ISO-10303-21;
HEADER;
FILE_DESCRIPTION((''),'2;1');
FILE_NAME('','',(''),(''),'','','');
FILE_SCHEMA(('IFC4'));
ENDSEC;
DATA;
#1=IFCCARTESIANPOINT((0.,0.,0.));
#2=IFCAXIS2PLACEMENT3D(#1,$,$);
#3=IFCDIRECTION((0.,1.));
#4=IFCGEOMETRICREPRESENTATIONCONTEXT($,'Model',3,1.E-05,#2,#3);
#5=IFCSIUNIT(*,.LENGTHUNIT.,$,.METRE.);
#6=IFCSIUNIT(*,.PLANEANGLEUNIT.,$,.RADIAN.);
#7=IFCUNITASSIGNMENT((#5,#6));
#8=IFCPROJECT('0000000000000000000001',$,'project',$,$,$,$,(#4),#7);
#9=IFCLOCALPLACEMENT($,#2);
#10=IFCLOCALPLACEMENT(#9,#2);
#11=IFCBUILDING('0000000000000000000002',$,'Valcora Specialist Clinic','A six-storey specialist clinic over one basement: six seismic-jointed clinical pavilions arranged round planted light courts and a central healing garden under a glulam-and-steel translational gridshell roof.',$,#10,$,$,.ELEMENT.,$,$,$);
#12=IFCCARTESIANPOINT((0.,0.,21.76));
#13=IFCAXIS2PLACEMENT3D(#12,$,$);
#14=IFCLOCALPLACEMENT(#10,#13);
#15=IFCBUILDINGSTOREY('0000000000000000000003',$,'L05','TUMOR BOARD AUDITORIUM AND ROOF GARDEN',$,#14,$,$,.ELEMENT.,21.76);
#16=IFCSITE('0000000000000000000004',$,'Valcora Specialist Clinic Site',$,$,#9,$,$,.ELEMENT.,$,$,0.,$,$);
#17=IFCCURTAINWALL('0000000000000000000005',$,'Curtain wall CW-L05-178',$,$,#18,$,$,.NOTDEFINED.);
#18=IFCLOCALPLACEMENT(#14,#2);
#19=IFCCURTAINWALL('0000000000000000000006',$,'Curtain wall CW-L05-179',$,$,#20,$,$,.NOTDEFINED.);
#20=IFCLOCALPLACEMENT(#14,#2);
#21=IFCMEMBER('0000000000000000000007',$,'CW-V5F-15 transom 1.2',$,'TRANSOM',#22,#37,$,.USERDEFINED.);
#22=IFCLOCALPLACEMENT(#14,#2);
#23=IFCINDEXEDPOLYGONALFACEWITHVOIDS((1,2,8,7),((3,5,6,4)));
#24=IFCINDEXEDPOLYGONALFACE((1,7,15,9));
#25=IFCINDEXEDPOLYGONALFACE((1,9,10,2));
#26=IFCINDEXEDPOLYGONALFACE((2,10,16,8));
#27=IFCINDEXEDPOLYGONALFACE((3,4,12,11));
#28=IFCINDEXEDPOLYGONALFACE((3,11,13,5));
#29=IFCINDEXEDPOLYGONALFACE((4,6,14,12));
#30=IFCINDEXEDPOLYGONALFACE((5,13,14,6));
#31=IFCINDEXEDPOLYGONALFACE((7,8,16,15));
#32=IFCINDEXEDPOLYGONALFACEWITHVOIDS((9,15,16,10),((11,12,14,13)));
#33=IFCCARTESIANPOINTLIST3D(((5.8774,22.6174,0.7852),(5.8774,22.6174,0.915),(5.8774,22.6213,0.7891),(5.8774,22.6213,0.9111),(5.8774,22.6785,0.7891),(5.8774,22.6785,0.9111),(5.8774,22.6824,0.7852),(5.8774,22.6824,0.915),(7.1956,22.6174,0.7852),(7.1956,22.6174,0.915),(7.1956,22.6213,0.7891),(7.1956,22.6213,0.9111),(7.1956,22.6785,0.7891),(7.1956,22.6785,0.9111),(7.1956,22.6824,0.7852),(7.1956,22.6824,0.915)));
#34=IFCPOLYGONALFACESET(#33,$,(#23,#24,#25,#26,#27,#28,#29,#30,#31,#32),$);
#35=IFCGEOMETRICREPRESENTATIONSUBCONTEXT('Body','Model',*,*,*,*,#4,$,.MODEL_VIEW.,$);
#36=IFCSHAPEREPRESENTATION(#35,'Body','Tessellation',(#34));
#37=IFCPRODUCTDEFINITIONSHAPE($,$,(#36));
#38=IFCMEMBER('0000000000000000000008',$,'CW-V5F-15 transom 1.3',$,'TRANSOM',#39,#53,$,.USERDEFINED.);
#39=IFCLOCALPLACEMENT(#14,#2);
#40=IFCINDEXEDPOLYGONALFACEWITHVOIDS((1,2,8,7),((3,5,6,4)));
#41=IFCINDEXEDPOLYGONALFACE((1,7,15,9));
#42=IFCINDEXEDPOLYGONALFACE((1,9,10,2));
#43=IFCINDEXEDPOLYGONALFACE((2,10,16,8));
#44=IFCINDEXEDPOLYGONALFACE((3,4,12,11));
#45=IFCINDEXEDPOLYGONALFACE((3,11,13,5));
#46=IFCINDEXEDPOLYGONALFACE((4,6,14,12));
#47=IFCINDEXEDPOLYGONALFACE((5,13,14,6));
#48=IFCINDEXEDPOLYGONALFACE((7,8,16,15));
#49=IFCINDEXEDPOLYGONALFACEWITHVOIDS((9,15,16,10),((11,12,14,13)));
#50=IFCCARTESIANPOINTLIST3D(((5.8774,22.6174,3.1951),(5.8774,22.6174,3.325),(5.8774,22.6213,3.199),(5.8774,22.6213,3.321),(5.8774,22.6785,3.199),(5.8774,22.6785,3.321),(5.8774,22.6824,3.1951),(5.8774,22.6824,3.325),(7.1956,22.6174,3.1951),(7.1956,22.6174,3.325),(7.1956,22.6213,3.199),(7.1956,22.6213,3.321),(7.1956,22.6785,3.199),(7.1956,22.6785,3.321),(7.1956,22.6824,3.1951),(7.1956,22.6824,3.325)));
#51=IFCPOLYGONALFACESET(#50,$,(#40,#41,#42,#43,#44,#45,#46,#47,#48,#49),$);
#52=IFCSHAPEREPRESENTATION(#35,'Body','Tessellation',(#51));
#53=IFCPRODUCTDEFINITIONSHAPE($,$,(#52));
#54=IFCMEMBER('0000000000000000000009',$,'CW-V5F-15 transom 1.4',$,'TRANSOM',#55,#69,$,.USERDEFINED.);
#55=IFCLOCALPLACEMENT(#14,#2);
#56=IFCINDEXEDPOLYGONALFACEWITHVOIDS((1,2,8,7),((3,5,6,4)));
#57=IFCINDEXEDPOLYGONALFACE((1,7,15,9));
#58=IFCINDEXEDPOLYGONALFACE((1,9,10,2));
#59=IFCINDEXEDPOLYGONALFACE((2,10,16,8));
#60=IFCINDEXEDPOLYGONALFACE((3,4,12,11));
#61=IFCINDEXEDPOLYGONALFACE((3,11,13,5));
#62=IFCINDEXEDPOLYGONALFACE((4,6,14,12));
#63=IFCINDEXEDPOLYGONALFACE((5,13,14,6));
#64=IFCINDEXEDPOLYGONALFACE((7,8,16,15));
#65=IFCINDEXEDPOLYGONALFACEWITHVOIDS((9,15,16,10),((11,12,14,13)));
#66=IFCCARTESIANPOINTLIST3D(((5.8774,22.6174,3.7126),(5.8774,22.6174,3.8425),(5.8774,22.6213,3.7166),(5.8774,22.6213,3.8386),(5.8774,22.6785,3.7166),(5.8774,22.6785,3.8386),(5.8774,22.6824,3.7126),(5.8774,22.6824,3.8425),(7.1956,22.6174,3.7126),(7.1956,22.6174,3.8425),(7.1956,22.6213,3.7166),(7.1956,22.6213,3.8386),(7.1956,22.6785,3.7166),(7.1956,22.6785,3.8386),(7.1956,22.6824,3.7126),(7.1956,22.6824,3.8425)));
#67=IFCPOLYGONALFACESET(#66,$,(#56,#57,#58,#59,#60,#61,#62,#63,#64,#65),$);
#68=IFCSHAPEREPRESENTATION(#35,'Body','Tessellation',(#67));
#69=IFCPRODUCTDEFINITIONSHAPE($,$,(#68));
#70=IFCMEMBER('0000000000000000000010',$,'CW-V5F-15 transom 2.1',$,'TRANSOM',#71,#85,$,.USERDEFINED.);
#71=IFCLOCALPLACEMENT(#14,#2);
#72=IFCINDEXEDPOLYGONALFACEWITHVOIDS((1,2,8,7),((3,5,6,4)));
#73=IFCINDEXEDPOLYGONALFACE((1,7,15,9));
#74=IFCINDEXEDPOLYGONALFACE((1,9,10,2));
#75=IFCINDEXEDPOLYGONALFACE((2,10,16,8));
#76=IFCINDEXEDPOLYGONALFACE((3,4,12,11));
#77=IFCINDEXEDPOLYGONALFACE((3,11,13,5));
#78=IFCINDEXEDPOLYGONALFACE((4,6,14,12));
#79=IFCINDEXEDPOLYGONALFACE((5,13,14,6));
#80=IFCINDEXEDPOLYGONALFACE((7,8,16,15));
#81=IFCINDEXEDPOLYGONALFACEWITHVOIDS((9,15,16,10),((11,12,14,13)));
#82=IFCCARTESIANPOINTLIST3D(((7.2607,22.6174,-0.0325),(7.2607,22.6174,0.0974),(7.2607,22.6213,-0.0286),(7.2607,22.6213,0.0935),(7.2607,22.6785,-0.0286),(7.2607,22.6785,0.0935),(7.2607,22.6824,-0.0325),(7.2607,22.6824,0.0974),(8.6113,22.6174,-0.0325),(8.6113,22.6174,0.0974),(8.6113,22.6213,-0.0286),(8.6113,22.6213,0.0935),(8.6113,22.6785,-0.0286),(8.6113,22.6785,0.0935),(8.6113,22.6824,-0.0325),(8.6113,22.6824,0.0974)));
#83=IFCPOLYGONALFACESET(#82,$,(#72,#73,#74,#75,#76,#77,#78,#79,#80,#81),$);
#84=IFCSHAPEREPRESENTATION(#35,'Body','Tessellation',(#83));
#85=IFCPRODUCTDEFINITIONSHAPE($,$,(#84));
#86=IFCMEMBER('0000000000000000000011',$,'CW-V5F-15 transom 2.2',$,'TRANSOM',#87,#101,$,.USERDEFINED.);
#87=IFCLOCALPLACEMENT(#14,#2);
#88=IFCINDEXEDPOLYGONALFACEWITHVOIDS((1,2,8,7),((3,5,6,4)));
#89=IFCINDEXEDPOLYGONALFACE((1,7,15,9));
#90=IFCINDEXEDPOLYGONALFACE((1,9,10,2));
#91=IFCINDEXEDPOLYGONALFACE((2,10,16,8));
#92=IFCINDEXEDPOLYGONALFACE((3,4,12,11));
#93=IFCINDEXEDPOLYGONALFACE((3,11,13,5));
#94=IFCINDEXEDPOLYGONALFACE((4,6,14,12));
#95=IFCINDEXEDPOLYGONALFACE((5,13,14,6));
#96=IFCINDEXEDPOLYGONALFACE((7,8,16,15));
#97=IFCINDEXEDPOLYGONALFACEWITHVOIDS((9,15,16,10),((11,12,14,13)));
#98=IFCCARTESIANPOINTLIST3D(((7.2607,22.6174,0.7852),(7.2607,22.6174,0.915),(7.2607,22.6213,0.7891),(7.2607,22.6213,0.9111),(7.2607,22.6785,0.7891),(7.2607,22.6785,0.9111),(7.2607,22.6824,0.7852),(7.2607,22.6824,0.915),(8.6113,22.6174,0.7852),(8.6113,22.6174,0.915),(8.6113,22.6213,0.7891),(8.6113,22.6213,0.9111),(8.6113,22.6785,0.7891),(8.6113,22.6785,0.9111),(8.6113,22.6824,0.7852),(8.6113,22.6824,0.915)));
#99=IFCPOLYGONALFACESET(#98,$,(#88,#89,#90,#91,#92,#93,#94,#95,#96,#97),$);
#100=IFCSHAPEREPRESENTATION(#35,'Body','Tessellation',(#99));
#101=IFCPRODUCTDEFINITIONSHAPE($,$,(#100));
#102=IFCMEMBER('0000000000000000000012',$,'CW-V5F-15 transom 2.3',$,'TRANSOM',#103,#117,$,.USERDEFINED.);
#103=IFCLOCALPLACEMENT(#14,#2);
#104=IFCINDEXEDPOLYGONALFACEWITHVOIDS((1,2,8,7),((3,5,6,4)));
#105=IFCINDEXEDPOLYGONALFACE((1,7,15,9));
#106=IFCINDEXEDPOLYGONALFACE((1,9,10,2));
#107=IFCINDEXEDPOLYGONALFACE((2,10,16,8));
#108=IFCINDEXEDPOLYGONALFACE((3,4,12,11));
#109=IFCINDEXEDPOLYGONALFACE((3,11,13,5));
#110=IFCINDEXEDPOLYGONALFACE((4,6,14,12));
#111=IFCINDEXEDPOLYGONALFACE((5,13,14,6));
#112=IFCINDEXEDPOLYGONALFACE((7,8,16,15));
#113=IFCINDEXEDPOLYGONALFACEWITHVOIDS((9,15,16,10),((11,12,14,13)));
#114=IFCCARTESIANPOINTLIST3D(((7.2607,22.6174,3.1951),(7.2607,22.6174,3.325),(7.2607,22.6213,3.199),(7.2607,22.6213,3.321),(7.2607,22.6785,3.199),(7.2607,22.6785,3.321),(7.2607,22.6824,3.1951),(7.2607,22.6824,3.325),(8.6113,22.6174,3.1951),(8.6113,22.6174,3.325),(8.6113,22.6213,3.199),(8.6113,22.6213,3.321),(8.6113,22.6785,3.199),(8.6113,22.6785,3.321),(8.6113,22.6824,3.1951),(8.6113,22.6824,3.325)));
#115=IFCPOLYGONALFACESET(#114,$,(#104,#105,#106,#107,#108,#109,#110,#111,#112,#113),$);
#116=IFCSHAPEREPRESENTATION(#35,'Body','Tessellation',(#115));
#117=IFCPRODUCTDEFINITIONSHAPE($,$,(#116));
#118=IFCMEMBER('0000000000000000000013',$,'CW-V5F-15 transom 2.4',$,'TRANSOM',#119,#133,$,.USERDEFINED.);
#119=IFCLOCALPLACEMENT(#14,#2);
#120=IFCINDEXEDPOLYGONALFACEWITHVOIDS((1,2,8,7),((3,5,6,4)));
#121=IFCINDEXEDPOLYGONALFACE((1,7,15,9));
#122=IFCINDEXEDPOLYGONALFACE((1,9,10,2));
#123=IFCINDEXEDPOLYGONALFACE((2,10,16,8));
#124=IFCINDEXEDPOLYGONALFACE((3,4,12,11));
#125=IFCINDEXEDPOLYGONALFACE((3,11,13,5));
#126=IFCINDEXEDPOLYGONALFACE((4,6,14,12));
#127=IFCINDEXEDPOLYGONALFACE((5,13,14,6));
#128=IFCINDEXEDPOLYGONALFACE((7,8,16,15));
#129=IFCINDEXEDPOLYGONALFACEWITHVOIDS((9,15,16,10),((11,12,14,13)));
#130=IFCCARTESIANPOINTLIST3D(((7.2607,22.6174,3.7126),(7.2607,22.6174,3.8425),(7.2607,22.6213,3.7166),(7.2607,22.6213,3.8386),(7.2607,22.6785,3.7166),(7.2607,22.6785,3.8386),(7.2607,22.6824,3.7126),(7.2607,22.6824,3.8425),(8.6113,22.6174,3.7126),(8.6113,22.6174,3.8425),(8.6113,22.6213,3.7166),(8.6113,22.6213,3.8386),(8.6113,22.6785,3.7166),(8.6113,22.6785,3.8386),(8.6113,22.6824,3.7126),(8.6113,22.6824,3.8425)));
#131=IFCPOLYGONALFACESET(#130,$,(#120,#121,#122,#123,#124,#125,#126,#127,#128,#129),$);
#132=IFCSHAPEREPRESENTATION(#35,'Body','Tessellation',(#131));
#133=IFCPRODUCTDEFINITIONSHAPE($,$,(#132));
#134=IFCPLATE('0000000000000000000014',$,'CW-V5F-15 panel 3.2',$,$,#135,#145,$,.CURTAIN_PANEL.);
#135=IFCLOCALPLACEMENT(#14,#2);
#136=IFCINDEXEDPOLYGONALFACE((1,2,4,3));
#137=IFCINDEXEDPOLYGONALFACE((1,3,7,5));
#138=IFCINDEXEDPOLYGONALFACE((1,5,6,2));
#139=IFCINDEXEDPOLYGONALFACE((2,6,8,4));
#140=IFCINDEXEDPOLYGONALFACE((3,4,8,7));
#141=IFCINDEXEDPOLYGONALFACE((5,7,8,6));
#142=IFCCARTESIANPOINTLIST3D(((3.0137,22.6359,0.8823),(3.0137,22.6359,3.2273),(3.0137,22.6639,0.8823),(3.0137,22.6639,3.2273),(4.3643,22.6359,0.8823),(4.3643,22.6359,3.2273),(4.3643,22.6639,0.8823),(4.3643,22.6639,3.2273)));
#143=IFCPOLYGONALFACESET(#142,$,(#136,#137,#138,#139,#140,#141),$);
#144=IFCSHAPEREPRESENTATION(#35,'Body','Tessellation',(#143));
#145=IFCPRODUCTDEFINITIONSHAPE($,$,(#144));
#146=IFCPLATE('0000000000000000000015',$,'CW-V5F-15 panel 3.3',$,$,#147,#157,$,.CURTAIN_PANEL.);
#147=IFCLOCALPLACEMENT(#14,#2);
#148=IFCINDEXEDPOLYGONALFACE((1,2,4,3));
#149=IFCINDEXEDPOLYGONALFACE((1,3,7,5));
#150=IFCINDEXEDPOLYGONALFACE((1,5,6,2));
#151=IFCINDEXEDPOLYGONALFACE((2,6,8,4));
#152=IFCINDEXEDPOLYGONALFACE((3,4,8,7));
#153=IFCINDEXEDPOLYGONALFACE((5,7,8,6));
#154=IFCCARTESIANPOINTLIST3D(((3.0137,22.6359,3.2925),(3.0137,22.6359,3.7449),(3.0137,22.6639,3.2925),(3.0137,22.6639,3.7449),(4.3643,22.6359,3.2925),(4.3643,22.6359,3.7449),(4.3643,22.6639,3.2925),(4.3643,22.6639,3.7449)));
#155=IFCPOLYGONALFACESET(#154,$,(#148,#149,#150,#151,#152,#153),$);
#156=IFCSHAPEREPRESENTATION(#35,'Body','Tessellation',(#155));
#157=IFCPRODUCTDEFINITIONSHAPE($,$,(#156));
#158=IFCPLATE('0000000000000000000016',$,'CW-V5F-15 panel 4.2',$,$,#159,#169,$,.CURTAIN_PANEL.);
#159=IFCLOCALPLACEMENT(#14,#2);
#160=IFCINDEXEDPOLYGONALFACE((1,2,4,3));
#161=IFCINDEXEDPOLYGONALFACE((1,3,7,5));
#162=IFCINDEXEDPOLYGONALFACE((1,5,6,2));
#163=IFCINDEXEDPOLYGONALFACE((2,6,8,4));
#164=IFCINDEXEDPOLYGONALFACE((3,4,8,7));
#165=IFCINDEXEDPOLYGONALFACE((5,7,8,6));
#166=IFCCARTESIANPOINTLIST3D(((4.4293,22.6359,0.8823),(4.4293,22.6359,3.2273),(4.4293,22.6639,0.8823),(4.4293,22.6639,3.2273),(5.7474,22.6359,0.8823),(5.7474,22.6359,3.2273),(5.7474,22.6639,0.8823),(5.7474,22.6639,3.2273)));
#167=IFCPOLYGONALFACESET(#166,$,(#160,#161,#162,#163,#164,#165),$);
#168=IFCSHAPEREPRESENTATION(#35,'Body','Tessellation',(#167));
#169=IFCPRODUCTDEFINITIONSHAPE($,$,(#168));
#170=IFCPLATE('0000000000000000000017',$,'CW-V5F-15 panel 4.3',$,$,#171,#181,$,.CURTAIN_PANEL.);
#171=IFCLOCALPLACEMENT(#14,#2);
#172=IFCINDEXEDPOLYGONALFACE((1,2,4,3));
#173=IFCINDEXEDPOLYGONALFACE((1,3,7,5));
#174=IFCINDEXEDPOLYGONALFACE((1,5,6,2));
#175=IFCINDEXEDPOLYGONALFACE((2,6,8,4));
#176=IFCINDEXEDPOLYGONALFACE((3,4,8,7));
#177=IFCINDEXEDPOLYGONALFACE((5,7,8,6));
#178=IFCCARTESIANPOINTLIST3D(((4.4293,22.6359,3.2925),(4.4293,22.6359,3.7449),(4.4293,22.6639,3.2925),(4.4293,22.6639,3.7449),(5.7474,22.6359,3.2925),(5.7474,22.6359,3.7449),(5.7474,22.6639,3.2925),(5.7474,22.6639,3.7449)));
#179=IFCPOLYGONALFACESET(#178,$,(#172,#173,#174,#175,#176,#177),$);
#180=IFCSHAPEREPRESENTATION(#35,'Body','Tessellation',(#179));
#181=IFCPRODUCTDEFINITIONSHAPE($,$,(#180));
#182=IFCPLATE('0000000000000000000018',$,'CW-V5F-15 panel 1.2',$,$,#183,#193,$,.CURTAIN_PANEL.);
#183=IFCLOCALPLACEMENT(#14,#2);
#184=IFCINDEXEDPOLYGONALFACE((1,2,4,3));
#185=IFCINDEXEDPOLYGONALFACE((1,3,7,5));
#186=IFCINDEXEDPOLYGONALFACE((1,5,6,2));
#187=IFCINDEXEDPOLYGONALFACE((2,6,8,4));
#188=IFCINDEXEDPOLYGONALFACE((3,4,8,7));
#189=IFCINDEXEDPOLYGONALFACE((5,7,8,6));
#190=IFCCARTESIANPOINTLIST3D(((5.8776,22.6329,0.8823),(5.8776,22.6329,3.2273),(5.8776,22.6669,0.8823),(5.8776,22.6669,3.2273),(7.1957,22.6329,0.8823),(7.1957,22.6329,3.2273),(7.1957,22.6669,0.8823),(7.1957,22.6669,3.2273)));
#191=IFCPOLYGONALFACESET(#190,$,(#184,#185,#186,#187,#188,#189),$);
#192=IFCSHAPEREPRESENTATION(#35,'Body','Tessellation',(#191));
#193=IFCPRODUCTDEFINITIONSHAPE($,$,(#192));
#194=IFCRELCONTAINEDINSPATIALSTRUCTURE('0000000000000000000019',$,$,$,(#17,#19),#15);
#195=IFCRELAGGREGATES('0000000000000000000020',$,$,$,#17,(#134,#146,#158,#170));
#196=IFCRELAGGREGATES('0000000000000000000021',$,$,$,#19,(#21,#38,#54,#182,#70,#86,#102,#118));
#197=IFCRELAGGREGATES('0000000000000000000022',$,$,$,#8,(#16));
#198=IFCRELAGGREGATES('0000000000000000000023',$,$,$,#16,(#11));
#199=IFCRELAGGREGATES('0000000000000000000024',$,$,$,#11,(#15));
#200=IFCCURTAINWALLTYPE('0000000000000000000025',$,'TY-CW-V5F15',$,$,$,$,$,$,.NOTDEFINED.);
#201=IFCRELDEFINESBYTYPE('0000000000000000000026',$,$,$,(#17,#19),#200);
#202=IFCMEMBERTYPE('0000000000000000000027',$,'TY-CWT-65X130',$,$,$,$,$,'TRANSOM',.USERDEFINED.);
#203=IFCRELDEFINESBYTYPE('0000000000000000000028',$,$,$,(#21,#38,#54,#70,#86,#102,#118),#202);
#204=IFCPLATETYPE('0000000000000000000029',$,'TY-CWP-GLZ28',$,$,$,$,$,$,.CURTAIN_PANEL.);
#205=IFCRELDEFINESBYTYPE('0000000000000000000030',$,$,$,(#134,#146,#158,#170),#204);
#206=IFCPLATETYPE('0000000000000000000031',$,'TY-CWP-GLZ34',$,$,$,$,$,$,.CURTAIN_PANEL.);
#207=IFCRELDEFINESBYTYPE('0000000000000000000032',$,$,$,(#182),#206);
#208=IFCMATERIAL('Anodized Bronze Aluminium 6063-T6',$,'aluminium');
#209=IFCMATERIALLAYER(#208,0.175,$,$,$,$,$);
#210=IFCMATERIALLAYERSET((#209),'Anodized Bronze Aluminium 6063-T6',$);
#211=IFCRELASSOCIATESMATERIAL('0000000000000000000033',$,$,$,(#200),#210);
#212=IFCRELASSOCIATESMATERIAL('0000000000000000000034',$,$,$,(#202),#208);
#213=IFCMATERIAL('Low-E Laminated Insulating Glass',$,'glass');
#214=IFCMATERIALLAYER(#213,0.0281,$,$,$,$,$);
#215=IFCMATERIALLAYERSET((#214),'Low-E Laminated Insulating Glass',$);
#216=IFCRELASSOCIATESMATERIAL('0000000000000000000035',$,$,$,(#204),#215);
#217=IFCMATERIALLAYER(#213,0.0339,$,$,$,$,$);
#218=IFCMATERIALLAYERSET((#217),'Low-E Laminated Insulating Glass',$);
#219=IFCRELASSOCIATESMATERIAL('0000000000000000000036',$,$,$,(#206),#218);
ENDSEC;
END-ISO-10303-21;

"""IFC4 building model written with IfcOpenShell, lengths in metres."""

from ifc_helpers import new_model, si_unit, direction, frame, origin, origin_2d, place, context, subcontext, project, spatial, rectangle, hollow_rectangle, extrude, material, layer, layer_set, material_profile, profile_set, type_object, element, aggregate, save


model = new_model("IFC4")

# Units and contexts
model_context = context("Model", 3, precision=1e-05, world=origin(), true_north=direction((0.0, 1.0)))
body_context = subcontext(model_context, "Body", "Model", "MODEL_VIEW")
ifc_project = project(units=[si_unit("LENGTHUNIT", "METRE"), si_unit("PLANEANGLEUNIT", "RADIAN")], contexts=[model_context])

# Site, building, storey
site_placement = place(None, origin())
site = spatial("IfcSite", under=ifc_project, at=site_placement, Name="Valcora Specialist Clinic Site", CompositionType="ELEMENT", RefElevation=0.0)
building_placement = place(site_placement, origin())
building = spatial("IfcBuilding", under=site, at=building_placement, Name="Valcora Specialist Clinic", Description="A six-storey specialist clinic over one basement: six seismic-jointed clinical pavilions arranged round planted light courts and a central healing garden under a glulam-and-steel translational gridshell roof.", CompositionType="ELEMENT")
storey_placement = place(building_placement, frame((0.0, 0.0, 21.76)))
storey = spatial("IfcBuildingStorey", under=building, at=storey_placement, Name="L05", Description="TUMOR BOARD AUDITORIUM AND ROOF GARDEN", CompositionType="ELEMENT", Elevation=21.76)

# Curtain walls
ifc_material_1 = material(Name="Anodized Bronze Aluminium 6063-T6", Category="aluminium")
ifc_layer_1 = layer(ifc_material_1, 0.175)
ifc_layer_set_1 = layer_set([ifc_layer_1], Name="Anodized Bronze Aluminium 6063-T6")
curtain_wall_type = type_object("IfcCurtainWallType", Name="TY-CW-V5F15", PredefinedType="NOTDEFINED", material=ifc_layer_set_1)
curtain_wall_1_placement = place(storey_placement, origin())
curtain_wall_1 = element("IfcCurtainWall", 1, at=curtain_wall_1_placement, inside=storey, type_object=curtain_wall_type, Name="Curtain wall CW-L05-178", PredefinedType="NOTDEFINED")
curtain_wall_2_placement = place(storey_placement, origin())
curtain_wall_2 = element("IfcCurtainWall", 2, at=curtain_wall_2_placement, inside=storey, type_object=curtain_wall_type, Name="Curtain wall CW-L05-179", PredefinedType="NOTDEFINED")

# Members
ifc_material_profile_1 = material_profile(ifc_material_1, hollow_rectangle(XDim=0.0649, YDim=0.1299, WallThickness=0.0039, at=origin_2d()), Name="AL-TRN-65X130")
ifc_profile_set_1 = profile_set([ifc_material_profile_1], Name="Anodized Bronze Aluminium 6063-T6")
member_type_1 = type_object("IfcMemberType", Name="TY-CWT-65X130", ElementType="TRANSOM", PredefinedType="USERDEFINED", material=ifc_profile_set_1)
member_1_placement = place(storey_placement, frame((5.8774, 22.6499, 0.8501), z_axis=(1.0, 0.0, 0.0), x_axis=(0.0, 1.0, 0.0)))
member_1 = element("IfcMember", 3, at=member_1_placement, type_object=member_type_1, Name="CW-V5F-15 transom 1.2", ObjectType="TRANSOM", PredefinedType="USERDEFINED", context=body_context, shape_type="SweptSolid", body=[
    extrude(hollow_rectangle(XDim=0.0649, YDim=0.1299, WallThickness=0.0039, at=origin_2d()), origin(), (0.0, 0.0, 1.0), 1.3181),
])
member_2_placement = place(storey_placement, frame((5.8774, 22.6499, 3.26), z_axis=(1.0, 0.0, 0.0), x_axis=(0.0, 1.0, 0.0)))
member_2 = element("IfcMember", 4, at=member_2_placement, type_object=member_type_1, Name="CW-V5F-15 transom 1.3", ObjectType="TRANSOM", PredefinedType="USERDEFINED", context=body_context, shape_type="SweptSolid", body=[
    extrude(hollow_rectangle(XDim=0.0649, YDim=0.1299, WallThickness=0.0039, at=origin_2d()), origin(), (0.0, 0.0, 1.0), 1.3181),
])
member_3_placement = place(storey_placement, frame((5.8774, 22.6499, 3.7776), z_axis=(1.0, 0.0, 0.0), x_axis=(0.0, 1.0, 0.0)))
member_3 = element("IfcMember", 5, at=member_3_placement, type_object=member_type_1, Name="CW-V5F-15 transom 1.4", ObjectType="TRANSOM", PredefinedType="USERDEFINED", context=body_context, shape_type="SweptSolid", body=[
    extrude(hollow_rectangle(XDim=0.0649, YDim=0.1299, WallThickness=0.0039, at=origin_2d()), origin(), (0.0, 0.0, 1.0), 1.3181),
])
member_4_placement = place(storey_placement, frame((7.2607, 22.6499, 0.0325), z_axis=(1.0, 0.0, 0.0), x_axis=(0.0, 1.0, 0.0)))
member_4 = element("IfcMember", 6, at=member_4_placement, type_object=member_type_1, Name="CW-V5F-15 transom 2.1", ObjectType="TRANSOM", PredefinedType="USERDEFINED", context=body_context, shape_type="SweptSolid", body=[
    extrude(hollow_rectangle(XDim=0.0649, YDim=0.1299, WallThickness=0.0039, at=origin_2d()), origin(), (0.0, 0.0, 1.0), 1.3506),
])
member_5_placement = place(storey_placement, frame((7.2607, 22.6499, 0.8501), z_axis=(1.0, 0.0, 0.0), x_axis=(0.0, 1.0, 0.0)))
member_5 = element("IfcMember", 7, at=member_5_placement, type_object=member_type_1, Name="CW-V5F-15 transom 2.2", ObjectType="TRANSOM", PredefinedType="USERDEFINED", context=body_context, shape_type="SweptSolid", body=[
    extrude(hollow_rectangle(XDim=0.0649, YDim=0.1299, WallThickness=0.0039, at=origin_2d()), origin(), (0.0, 0.0, 1.0), 1.3506),
])
member_6_placement = place(storey_placement, frame((7.2607, 22.6499, 3.26), z_axis=(1.0, 0.0, 0.0), x_axis=(0.0, 1.0, 0.0)))
member_6 = element("IfcMember", 8, at=member_6_placement, type_object=member_type_1, Name="CW-V5F-15 transom 2.3", ObjectType="TRANSOM", PredefinedType="USERDEFINED", context=body_context, shape_type="SweptSolid", body=[
    extrude(hollow_rectangle(XDim=0.0649, YDim=0.1299, WallThickness=0.0039, at=origin_2d()), origin(), (0.0, 0.0, 1.0), 1.3506),
])
member_7_placement = place(storey_placement, frame((7.2607, 22.6499, 3.7776), z_axis=(1.0, 0.0, 0.0), x_axis=(0.0, 1.0, 0.0)))
member_7 = element("IfcMember", 9, at=member_7_placement, type_object=member_type_1, Name="CW-V5F-15 transom 2.4", ObjectType="TRANSOM", PredefinedType="USERDEFINED", context=body_context, shape_type="SweptSolid", body=[
    extrude(hollow_rectangle(XDim=0.0649, YDim=0.1299, WallThickness=0.0039, at=origin_2d()), origin(), (0.0, 0.0, 1.0), 1.3506),
])

# Plates
ifc_material_2 = material(Name="Low-E Laminated Insulating Glass", Category="glass")
ifc_layer_2 = layer(ifc_material_2, 0.0281)
ifc_layer_set_2 = layer_set([ifc_layer_2], Name="Low-E Laminated Insulating Glass")
plate_type_1 = type_object("IfcPlateType", Name="TY-CWP-GLZ28", PredefinedType="CURTAIN_PANEL", material=ifc_layer_set_2)
plate_1_placement = place(storey_placement, frame((3.689, 22.6499, 0.8823), z_axis=(0.0, 0.0, 1.0), x_axis=(1.0, 0.0, 0.0)))
plate_1 = element("IfcPlate", 10, at=plate_1_placement, type_object=plate_type_1, Name="CW-V5F-15 panel 3.2", PredefinedType="CURTAIN_PANEL", context=body_context, shape_type="SweptSolid", body=[
    extrude(rectangle(XDim=1.3506, YDim=0.0281, at=origin_2d()), origin(), (0.0, 0.0, 1.0), 2.345),
])
plate_2_placement = place(storey_placement, frame((3.689, 22.6499, 3.2925), z_axis=(0.0, 0.0, 1.0), x_axis=(1.0, 0.0, 0.0)))
plate_2 = element("IfcPlate", 11, at=plate_2_placement, type_object=plate_type_1, Name="CW-V5F-15 panel 3.3", PredefinedType="CURTAIN_PANEL", context=body_context, shape_type="SweptSolid", body=[
    extrude(rectangle(XDim=1.3506, YDim=0.0281, at=origin_2d()), origin(), (0.0, 0.0, 1.0), 0.4524),
])
plate_3_placement = place(storey_placement, frame((5.0884, 22.6499, 0.8823), z_axis=(0.0, 0.0, 1.0), x_axis=(1.0, 0.0, 0.0)))
plate_3 = element("IfcPlate", 12, at=plate_3_placement, type_object=plate_type_1, Name="CW-V5F-15 panel 4.2", PredefinedType="CURTAIN_PANEL", context=body_context, shape_type="SweptSolid", body=[
    extrude(rectangle(XDim=1.3181, YDim=0.0281, at=origin_2d()), origin(), (0.0, 0.0, 1.0), 2.345),
])
plate_4_placement = place(storey_placement, frame((5.0884, 22.6499, 3.2925), z_axis=(0.0, 0.0, 1.0), x_axis=(1.0, 0.0, 0.0)))
plate_4 = element("IfcPlate", 13, at=plate_4_placement, type_object=plate_type_1, Name="CW-V5F-15 panel 4.3", PredefinedType="CURTAIN_PANEL", context=body_context, shape_type="SweptSolid", body=[
    extrude(rectangle(XDim=1.3181, YDim=0.0281, at=origin_2d()), origin(), (0.0, 0.0, 1.0), 0.4524),
])
ifc_layer_3 = layer(ifc_material_2, 0.0339)
ifc_layer_set_3 = layer_set([ifc_layer_3], Name="Low-E Laminated Insulating Glass")
plate_type_2 = type_object("IfcPlateType", Name="TY-CWP-GLZ34", PredefinedType="CURTAIN_PANEL", material=ifc_layer_set_3)
plate_5_placement = place(storey_placement, frame((6.5366, 22.6499, 0.8823), z_axis=(0.0, 0.0, 1.0), x_axis=(1.0, 0.0, 0.0)))
plate_5 = element("IfcPlate", 14, at=plate_5_placement, type_object=plate_type_2, Name="CW-V5F-15 panel 1.2", PredefinedType="CURTAIN_PANEL", context=body_context, shape_type="SweptSolid", body=[
    extrude(rectangle(XDim=1.3181, YDim=0.0339, at=origin_2d()), origin(), (0.0, 0.0, 1.0), 2.345),
])
aggregate(curtain_wall_1, [plate_1, plate_2, plate_3, plate_4])
aggregate(curtain_wall_2, [member_1, member_2, member_3, plate_5, member_4, member_5, member_6, member_7])

save(model, "model.ifc")
